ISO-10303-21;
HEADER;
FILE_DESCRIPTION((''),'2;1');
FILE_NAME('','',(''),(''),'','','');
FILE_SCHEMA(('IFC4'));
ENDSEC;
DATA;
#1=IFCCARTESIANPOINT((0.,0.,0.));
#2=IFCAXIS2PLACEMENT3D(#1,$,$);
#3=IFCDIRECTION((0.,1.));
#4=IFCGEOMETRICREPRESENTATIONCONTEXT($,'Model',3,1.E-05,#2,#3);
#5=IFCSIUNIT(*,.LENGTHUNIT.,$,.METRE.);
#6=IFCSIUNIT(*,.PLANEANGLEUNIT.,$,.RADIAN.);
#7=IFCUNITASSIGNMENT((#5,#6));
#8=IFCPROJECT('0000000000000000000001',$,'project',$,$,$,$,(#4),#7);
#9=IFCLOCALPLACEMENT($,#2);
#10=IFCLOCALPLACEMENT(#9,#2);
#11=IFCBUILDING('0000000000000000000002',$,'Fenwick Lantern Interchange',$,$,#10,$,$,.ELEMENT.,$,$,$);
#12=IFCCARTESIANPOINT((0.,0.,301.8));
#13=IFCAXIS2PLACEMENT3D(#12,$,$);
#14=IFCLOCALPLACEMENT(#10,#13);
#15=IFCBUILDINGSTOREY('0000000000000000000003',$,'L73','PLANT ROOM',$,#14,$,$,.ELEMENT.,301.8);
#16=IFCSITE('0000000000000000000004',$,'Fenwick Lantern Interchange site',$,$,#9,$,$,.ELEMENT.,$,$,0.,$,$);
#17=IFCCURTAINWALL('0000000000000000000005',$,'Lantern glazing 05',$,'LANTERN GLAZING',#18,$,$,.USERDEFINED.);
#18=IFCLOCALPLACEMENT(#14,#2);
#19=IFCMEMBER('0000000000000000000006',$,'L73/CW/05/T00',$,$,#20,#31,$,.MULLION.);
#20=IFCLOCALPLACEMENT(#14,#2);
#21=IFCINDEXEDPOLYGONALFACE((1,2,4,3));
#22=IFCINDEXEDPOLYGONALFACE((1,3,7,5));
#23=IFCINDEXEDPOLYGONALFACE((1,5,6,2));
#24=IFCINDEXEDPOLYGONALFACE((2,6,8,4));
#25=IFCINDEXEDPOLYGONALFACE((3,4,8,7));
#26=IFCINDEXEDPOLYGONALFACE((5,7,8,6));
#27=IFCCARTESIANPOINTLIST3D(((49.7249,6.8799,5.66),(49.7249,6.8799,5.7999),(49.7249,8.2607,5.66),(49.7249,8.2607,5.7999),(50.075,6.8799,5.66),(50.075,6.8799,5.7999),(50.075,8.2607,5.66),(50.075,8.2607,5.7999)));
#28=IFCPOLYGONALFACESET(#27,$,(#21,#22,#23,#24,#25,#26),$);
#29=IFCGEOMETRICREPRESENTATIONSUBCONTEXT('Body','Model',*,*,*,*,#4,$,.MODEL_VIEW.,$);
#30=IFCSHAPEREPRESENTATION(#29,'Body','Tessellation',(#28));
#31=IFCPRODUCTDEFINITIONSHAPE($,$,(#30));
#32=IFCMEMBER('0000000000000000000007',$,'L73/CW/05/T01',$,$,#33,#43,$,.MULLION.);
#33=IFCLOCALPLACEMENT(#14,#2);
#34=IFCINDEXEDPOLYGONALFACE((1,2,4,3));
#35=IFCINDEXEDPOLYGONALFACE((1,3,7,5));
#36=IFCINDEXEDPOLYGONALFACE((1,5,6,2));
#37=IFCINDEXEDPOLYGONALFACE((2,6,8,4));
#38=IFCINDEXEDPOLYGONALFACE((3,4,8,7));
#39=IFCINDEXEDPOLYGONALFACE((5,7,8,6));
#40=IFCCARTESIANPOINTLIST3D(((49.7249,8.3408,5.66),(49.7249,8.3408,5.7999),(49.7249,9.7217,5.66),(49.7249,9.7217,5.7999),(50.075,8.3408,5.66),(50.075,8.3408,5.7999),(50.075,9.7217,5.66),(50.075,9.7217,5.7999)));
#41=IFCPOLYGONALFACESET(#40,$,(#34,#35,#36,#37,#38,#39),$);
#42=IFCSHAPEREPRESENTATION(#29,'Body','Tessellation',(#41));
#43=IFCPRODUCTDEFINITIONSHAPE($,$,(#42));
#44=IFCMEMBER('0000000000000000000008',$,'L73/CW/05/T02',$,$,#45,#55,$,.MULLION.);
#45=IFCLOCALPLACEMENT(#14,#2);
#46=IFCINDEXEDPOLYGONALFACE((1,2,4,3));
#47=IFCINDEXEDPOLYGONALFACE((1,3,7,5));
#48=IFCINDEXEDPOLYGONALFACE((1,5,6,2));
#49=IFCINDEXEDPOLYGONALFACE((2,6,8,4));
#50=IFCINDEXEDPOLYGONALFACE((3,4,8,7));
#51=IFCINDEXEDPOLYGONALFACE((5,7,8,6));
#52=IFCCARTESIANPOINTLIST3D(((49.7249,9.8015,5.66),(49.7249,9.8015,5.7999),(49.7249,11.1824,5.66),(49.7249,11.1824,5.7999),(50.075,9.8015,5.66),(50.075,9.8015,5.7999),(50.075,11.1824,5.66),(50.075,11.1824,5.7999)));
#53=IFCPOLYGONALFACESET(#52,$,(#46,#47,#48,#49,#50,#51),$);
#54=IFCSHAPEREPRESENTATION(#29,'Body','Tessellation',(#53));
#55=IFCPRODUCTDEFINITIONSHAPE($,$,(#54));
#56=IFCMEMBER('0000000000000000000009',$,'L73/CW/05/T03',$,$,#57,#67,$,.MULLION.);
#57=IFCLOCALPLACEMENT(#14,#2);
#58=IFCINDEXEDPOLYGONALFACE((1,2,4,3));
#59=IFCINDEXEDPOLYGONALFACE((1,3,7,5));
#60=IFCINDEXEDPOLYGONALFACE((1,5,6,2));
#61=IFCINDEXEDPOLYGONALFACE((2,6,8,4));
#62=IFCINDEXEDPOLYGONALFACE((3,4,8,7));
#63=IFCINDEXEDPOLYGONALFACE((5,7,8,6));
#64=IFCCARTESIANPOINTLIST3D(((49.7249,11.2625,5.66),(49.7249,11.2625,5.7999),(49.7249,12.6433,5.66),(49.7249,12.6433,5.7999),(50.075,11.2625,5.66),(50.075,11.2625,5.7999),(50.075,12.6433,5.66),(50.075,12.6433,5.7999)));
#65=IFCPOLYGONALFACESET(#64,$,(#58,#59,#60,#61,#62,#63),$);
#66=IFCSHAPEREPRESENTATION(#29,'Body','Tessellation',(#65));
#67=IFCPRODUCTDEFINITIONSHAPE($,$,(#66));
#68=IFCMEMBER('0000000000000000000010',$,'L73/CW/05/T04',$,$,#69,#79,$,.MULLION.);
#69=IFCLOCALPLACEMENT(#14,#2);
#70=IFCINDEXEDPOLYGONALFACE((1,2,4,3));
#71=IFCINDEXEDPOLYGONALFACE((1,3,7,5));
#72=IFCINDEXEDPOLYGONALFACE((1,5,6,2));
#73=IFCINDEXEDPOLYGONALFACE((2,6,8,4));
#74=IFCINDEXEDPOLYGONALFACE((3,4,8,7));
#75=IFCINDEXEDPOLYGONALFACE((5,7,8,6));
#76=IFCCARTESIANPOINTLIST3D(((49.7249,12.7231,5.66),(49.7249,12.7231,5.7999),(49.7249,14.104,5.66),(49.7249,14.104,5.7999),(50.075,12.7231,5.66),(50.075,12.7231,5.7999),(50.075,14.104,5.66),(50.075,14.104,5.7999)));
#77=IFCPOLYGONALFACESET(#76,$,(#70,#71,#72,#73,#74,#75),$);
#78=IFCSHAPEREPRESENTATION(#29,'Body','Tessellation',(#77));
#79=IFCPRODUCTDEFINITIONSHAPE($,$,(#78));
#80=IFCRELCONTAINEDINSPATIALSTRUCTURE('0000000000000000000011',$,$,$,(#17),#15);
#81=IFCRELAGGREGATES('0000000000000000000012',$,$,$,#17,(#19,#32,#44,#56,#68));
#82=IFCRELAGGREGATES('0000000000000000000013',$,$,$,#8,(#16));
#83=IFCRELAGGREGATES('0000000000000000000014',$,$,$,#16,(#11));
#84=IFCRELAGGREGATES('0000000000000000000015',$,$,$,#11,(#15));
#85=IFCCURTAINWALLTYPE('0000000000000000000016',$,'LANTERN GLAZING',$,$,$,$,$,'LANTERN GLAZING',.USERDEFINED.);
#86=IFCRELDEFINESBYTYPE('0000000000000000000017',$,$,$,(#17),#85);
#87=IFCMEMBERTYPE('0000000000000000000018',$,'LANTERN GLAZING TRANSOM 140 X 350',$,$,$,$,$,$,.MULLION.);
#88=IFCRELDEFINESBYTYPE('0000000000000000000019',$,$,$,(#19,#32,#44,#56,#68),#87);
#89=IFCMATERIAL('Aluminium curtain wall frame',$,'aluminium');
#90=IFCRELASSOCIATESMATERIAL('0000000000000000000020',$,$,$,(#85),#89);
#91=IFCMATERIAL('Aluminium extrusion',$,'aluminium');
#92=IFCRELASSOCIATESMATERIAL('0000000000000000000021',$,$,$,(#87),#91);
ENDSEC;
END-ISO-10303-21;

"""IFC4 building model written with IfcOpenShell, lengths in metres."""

from ifc_helpers import new_model, si_unit, direction, frame, origin, origin_2d, place, context, subcontext, project, spatial, rectangle, extrude, material, material_profile, profile_set, type_object, element, aggregate, save


model = new_model("IFC4")

# Units and contexts
model_context = context("Model", 3, precision=1e-05, world=origin(), true_north=direction((0.0, 1.0)))
body_context = subcontext(model_context, "Body", "Model", "MODEL_VIEW")
ifc_project = project(units=[si_unit("LENGTHUNIT", "METRE"), si_unit("PLANEANGLEUNIT", "RADIAN")], contexts=[model_context])

# Site, building, storey
site_placement = place(None, origin())
site = spatial("IfcSite", under=ifc_project, at=site_placement, Name="Fenwick Lantern Interchange site", CompositionType="ELEMENT", RefElevation=0.0)
building_placement = place(site_placement, origin())
building = spatial("IfcBuilding", under=site, at=building_placement, Name="Fenwick Lantern Interchange", CompositionType="ELEMENT")
storey_placement = place(building_placement, frame((0.0, 0.0, 301.8)))
storey = spatial("IfcBuildingStorey", under=building, at=storey_placement, Name="L73", Description="PLANT ROOM", CompositionType="ELEMENT", Elevation=301.8)

# Curtain wall, members
ifc_material_1 = material(Name="Aluminium curtain wall frame", Category="aluminium")
curtain_wall_type = type_object("IfcCurtainWallType", Name="LANTERN GLAZING", ElementType="LANTERN GLAZING", PredefinedType="USERDEFINED", material=ifc_material_1)
curtain_wall_placement = place(storey_placement, origin())
curtain_wall = element("IfcCurtainWall", 1, at=curtain_wall_placement, inside=storey, type_object=curtain_wall_type, Name="Lantern glazing 05", ObjectType="LANTERN GLAZING", PredefinedType="USERDEFINED")
ifc_material_2 = material(Name="Aluminium extrusion", Category="aluminium")
ifc_material_profile_1 = material_profile(ifc_material_2, rectangle(XDim=0.3501, YDim=0.1399, at=origin_2d()), Name="LANTERN GLAZING TRANSOM 140 X 350")
ifc_profile_set_1 = profile_set([ifc_material_profile_1], Name="Aluminium extrusion")
member_type_1 = type_object("IfcMemberType", Name="LANTERN GLAZING TRANSOM 140 X 350", PredefinedType="MULLION", material=ifc_profile_set_1)
member_1_placement = place(storey_placement, frame((49.8999, 6.8799, 5.73), z_axis=(0.0, 1.0, 0.0), x_axis=(-1.0, 0.0, 0.0)))
member_1 = element("IfcMember", 2, at=member_1_placement, type_object=member_type_1, Name="L73/CW/05/T00", PredefinedType="MULLION", context=body_context, shape_type="SweptSolid", body=[
    extrude(rectangle(XDim=0.3501, YDim=0.1399, at=origin_2d()), origin(), (0.0, 0.0, 1.0), 1.3809),
])
member_2_placement = place(storey_placement, frame((49.8999, 8.3408, 5.73), z_axis=(0.0, 1.0, 0.0), x_axis=(-1.0, 0.0, 0.0)))
member_2 = element("IfcMember", 3, at=member_2_placement, type_object=member_type_1, Name="L73/CW/05/T01", PredefinedType="MULLION", context=body_context, shape_type="SweptSolid", body=[
    extrude(rectangle(XDim=0.3501, YDim=0.1399, at=origin_2d()), origin(), (0.0, 0.0, 1.0), 1.3809),
])
member_3_placement = place(storey_placement, frame((49.8999, 9.8015, 5.73), z_axis=(0.0, 1.0, 0.0), x_axis=(-1.0, 0.0, 0.0)))
member_3 = element("IfcMember", 4, at=member_3_placement, type_object=member_type_1, Name="L73/CW/05/T02", PredefinedType="MULLION", context=body_context, shape_type="SweptSolid", body=[
    extrude(rectangle(XDim=0.3501, YDim=0.1399, at=origin_2d()), origin(), (0.0, 0.0, 1.0), 1.3809),
])
member_4_placement = place(storey_placement, frame((49.8999, 11.2625, 5.73), z_axis=(0.0, 1.0, 0.0), x_axis=(-1.0, 0.0, 0.0)))
member_4 = element("IfcMember", 5, at=member_4_placement, type_object=member_type_1, Name="L73/CW/05/T03", PredefinedType="MULLION", context=body_context, shape_type="SweptSolid", body=[
    extrude(rectangle(XDim=0.3501, YDim=0.1399, at=origin_2d()), origin(), (0.0, 0.0, 1.0), 1.3809),
])
member_5_placement = place(storey_placement, frame((49.8999, 12.7231, 5.73), z_axis=(0.0, 1.0, 0.0), x_axis=(-1.0, 0.0, 0.0)))
member_5 = element("IfcMember", 6, at=member_5_placement, type_object=member_type_1, Name="L73/CW/05/T04", PredefinedType="MULLION", context=body_context, shape_type="SweptSolid", body=[
    extrude(rectangle(XDim=0.3501, YDim=0.1399, at=origin_2d()), origin(), (0.0, 0.0, 1.0), 1.3809),
])
aggregate(curtain_wall, [member_1, member_2, member_3, member_4, member_5])

save(model, "model.ifc")
